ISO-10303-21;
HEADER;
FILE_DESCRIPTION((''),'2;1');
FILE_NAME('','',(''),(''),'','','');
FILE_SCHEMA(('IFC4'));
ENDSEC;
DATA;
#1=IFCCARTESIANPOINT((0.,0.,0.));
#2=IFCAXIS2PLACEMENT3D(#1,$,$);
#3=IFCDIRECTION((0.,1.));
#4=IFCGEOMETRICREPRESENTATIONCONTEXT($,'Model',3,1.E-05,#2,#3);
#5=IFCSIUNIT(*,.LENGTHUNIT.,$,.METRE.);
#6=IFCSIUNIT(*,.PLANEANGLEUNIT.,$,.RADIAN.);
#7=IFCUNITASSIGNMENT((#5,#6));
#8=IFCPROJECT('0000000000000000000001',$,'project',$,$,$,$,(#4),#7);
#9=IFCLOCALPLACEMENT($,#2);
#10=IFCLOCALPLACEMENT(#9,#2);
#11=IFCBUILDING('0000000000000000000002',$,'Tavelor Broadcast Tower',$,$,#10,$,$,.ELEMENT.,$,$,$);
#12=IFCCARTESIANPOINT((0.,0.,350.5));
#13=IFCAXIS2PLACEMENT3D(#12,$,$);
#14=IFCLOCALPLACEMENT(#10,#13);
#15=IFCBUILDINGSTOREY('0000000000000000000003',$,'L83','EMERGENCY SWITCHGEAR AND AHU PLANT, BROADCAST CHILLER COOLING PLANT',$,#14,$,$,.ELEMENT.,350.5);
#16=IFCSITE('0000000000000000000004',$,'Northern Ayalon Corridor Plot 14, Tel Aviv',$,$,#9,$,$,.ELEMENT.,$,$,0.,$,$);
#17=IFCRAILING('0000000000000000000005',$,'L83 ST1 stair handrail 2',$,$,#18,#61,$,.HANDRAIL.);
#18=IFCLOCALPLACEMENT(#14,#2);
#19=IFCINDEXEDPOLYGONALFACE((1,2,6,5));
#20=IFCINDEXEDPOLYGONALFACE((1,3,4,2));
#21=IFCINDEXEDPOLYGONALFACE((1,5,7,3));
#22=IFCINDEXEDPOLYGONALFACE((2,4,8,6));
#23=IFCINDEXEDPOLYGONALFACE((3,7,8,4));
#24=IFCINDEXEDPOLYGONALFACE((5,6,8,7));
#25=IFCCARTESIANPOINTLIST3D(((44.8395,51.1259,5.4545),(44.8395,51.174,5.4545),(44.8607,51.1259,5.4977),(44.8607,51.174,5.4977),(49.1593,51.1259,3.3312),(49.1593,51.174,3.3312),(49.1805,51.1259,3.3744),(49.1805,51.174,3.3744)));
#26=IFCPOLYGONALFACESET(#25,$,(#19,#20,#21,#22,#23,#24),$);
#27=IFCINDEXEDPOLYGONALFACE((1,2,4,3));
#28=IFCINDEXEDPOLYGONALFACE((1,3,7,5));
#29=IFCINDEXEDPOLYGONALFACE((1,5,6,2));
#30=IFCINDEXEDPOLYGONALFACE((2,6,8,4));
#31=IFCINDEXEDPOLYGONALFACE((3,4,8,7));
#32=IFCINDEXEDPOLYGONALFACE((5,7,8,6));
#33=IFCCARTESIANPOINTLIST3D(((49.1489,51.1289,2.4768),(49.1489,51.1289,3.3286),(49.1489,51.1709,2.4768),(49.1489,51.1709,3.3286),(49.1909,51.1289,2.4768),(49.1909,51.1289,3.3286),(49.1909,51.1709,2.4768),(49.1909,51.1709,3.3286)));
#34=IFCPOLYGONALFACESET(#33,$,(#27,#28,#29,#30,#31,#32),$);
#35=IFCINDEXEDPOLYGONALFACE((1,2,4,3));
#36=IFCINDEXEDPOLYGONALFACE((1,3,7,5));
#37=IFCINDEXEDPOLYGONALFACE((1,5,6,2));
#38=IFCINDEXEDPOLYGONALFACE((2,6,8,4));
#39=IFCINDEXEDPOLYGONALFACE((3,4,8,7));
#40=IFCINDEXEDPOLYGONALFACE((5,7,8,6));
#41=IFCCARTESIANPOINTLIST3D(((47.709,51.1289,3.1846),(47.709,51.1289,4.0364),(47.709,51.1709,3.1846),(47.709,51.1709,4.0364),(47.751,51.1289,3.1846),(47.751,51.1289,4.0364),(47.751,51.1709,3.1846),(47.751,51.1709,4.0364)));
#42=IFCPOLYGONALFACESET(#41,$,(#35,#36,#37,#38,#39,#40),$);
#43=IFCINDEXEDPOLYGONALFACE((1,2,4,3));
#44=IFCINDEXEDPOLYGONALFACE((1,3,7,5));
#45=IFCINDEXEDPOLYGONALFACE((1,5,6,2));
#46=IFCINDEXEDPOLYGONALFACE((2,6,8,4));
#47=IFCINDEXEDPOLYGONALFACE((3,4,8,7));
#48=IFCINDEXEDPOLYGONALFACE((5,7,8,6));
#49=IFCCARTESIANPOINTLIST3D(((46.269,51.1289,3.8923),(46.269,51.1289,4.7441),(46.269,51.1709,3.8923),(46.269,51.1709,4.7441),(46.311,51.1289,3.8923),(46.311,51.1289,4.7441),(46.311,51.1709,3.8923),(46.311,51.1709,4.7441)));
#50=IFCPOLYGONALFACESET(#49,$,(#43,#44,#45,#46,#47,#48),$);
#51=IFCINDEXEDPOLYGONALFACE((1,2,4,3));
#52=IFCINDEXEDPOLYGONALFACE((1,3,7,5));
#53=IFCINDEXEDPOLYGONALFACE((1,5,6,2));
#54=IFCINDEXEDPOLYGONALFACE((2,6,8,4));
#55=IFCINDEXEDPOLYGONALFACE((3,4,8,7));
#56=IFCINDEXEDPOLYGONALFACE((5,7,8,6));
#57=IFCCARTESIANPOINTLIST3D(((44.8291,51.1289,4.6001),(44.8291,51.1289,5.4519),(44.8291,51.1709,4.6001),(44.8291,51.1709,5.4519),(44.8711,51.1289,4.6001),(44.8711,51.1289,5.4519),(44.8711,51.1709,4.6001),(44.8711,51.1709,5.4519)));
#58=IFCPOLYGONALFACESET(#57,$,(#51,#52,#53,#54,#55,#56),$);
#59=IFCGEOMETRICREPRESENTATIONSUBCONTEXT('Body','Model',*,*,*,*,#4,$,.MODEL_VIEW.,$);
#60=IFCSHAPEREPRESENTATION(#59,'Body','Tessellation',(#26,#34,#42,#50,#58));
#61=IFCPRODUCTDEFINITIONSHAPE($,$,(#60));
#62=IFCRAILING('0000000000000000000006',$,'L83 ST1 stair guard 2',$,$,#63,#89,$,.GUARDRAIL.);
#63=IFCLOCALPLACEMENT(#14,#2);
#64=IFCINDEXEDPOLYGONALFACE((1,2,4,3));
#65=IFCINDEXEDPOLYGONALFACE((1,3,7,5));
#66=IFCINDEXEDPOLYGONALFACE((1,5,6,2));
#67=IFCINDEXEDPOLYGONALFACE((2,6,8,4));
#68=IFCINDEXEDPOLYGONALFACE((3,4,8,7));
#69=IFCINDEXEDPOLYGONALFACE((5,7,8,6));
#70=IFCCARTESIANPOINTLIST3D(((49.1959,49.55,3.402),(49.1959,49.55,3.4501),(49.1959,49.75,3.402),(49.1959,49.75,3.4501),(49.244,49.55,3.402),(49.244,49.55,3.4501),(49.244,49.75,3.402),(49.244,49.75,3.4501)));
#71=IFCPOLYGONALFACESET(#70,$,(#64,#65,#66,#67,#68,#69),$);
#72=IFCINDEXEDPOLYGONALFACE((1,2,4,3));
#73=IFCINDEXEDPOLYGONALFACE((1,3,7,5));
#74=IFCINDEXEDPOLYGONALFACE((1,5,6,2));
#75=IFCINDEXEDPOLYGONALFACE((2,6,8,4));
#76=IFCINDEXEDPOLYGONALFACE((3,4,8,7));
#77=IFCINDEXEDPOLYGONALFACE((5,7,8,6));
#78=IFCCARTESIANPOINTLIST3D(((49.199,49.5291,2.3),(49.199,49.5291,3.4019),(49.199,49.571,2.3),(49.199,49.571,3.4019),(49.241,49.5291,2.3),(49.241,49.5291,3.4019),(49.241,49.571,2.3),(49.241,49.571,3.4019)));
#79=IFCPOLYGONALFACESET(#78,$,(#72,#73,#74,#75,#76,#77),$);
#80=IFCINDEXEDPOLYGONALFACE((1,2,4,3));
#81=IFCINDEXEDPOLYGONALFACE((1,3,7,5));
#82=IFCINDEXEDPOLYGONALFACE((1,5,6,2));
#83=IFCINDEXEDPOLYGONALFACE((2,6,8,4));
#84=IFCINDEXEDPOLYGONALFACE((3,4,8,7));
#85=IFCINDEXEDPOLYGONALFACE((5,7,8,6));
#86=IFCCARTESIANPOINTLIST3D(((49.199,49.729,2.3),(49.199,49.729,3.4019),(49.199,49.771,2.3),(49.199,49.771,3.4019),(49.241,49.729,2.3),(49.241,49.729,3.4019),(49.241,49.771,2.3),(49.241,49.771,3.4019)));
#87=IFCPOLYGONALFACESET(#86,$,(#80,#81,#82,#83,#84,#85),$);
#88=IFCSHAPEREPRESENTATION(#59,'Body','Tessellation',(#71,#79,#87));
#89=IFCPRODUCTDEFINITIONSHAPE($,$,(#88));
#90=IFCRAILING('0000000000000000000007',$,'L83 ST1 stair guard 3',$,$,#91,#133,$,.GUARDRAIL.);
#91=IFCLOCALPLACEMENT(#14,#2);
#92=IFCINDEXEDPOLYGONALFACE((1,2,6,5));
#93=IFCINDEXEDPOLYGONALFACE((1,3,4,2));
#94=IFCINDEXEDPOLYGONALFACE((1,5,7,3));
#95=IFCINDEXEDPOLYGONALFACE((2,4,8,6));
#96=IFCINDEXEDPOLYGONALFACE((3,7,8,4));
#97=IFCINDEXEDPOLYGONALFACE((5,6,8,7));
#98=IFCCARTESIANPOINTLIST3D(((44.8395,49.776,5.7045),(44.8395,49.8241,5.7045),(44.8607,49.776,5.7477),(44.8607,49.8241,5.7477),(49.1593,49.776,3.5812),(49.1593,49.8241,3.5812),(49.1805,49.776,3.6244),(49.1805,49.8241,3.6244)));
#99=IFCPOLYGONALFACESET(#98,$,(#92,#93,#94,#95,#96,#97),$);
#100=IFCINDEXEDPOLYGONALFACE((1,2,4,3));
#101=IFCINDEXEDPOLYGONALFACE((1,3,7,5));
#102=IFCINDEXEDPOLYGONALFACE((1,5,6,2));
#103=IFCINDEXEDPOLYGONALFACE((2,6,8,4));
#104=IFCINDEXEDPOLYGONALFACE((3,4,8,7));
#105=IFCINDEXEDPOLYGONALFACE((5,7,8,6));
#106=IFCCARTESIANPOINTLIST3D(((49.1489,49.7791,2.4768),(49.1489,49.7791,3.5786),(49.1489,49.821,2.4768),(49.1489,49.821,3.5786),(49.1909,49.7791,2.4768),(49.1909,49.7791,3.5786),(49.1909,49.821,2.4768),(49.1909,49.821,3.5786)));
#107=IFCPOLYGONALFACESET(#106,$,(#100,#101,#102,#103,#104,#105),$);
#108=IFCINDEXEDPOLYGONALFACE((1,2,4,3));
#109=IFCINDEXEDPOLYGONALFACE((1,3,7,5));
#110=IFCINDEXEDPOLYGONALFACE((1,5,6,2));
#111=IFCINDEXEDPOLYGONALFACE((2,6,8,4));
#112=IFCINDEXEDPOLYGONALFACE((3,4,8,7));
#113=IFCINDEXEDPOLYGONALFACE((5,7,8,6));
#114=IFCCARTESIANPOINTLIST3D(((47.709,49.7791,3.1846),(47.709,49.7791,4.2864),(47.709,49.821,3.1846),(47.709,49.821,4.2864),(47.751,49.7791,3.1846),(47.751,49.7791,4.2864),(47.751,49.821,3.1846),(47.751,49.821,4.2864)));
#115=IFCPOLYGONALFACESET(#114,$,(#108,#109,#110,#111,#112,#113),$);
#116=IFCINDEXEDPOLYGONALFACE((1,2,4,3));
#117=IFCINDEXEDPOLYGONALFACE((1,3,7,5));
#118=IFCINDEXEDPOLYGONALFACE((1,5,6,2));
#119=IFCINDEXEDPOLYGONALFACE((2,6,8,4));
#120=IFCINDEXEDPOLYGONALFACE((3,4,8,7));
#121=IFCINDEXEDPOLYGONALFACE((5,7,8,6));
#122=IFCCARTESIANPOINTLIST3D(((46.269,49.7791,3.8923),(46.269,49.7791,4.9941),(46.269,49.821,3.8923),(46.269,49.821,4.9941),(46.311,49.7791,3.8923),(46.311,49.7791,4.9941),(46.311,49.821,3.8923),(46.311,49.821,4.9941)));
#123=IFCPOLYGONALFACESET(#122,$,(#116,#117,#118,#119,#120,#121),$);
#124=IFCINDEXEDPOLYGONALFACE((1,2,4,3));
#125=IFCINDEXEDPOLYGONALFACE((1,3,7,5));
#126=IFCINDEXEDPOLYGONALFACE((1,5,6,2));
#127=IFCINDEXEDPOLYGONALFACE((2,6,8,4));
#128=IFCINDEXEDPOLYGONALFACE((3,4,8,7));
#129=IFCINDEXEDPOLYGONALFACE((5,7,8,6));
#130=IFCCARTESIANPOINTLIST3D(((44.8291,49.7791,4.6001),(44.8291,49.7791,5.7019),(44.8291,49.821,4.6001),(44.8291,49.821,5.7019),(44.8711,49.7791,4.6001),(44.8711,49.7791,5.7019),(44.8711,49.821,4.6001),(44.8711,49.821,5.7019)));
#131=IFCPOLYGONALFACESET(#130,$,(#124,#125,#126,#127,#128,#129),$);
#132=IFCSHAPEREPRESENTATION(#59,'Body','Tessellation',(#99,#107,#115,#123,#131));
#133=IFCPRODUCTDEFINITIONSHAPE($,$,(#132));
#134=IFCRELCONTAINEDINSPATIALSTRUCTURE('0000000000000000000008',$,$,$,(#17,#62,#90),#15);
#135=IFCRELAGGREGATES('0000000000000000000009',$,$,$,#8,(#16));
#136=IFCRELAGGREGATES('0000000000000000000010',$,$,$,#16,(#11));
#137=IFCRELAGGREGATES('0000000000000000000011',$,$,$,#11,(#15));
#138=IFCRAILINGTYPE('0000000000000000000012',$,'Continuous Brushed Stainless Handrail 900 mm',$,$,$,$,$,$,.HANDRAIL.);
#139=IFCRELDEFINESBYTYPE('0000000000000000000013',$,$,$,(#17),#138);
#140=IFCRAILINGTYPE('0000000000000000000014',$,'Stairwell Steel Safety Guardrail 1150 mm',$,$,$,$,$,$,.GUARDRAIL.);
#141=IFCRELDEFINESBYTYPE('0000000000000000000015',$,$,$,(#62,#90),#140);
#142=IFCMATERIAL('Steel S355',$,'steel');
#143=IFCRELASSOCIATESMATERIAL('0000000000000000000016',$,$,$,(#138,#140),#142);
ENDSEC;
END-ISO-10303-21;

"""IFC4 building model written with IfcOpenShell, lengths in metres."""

from ifc_helpers import new_model, si_unit, direction, frame, origin, origin_2d, place, context, subcontext, project, spatial, rectangle, extrude, material, type_object, element, save


model = new_model("IFC4")

# Units and contexts
model_context = context("Model", 3, precision=1e-05, world=origin(), true_north=direction((0.0, 1.0)))
body_context = subcontext(model_context, "Body", "Model", "MODEL_VIEW")
ifc_project = project(units=[si_unit("LENGTHUNIT", "METRE"), si_unit("PLANEANGLEUNIT", "RADIAN")], contexts=[model_context])

# Site, building, storey
site_placement = place(None, origin())
site = spatial("IfcSite", under=ifc_project, at=site_placement, Name="Northern Ayalon Corridor Plot 14, Tel Aviv", CompositionType="ELEMENT", RefElevation=0.0)
building_placement = place(site_placement, origin())
building = spatial("IfcBuilding", under=site, at=building_placement, Name="Tavelor Broadcast Tower", CompositionType="ELEMENT")
storey_placement = place(building_placement, frame((0.0, 0.0, 350.5)))
storey = spatial("IfcBuildingStorey", under=building, at=storey_placement, Name="L83", Description="EMERGENCY SWITCHGEAR AND AHU PLANT, BROADCAST CHILLER COOLING PLANT", CompositionType="ELEMENT", Elevation=350.5)

# Shared definitions
ifc_material_1 = material(Name="Steel S355", Category="steel")

# Railings
railing_type_1 = type_object("IfcRailingType", Name="Continuous Brushed Stainless Handrail 900 mm", PredefinedType="HANDRAIL", material=ifc_material_1)
railing_1_placement = place(storey_placement, frame((49.1699, 51.1499, 2.4768)))
element("IfcRailing", 1, at=railing_1_placement, inside=storey, type_object=railing_type_1, Name="L83 ST1 stair handrail 2", PredefinedType="HANDRAIL", context=body_context, shape_type="SweptSolid", body=[
    extrude(rectangle(XDim=0.0481, YDim=0.0481, at=origin_2d()), frame((0.0, 0.0, 0.876), z_axis=(-0.89745, 0.0, 0.441117), x_axis=(0.0, -1.0, 0.0)), (0.0, 0.0, 1.0), 4.8135),
    extrude(rectangle(XDim=0.042, YDim=0.042, at=origin_2d()), origin(), (0.0, 0.0, 1.0), 0.8518),
    extrude(rectangle(XDim=0.042, YDim=0.042, at=origin_2d()), frame((-1.4399, 0.0, 0.7078)), (0.0, 0.0, 1.0), 0.8518),
    extrude(rectangle(XDim=0.042, YDim=0.042, at=origin_2d()), frame((-2.8799, 0.0, 1.4155)), (0.0, 0.0, 1.0), 0.8518),
    extrude(rectangle(XDim=0.042, YDim=0.042, at=origin_2d()), frame((-4.3198, 0.0, 2.1233)), (0.0, 0.0, 1.0), 0.8518),
])
railing_type_2 = type_object("IfcRailingType", Name="Stairwell Steel Safety Guardrail 1150 mm", PredefinedType="GUARDRAIL", material=ifc_material_1)
railing_2_placement = place(storey_placement, frame((49.22, 49.55, 2.3)))
element("IfcRailing", 2, at=railing_2_placement, inside=storey, type_object=railing_type_2, Name="L83 ST1 stair guard 2", PredefinedType="GUARDRAIL", context=body_context, shape_type="SweptSolid", body=[
    extrude(rectangle(XDim=0.0481, YDim=0.0481, at=origin_2d()), frame((0.0, 0.0, 1.126), z_axis=(0.0, 1.0, 0.0), x_axis=(-1.0, 0.0, 0.0)), (0.0, 0.0, 1.0), 0.2),
    extrude(rectangle(XDim=0.042, YDim=0.042, at=origin_2d()), origin(), (0.0, 0.0, 1.0), 1.1018),
    extrude(rectangle(XDim=0.042, YDim=0.042, at=origin_2d()), frame((0.0, 0.2, 0.0)), (0.0, 0.0, 1.0), 1.1018),
])
railing_3_placement = place(storey_placement, frame((49.1699, 49.8, 2.4768)))
element("IfcRailing", 3, at=railing_3_placement, inside=storey, type_object=railing_type_2, Name="L83 ST1 stair guard 3", PredefinedType="GUARDRAIL", context=body_context, shape_type="SweptSolid", body=[
    extrude(rectangle(XDim=0.0481, YDim=0.0481, at=origin_2d()), frame((0.0, 0.0, 1.126), z_axis=(-0.89745, 0.0, 0.441117), x_axis=(0.0, -1.0, 0.0)), (0.0, 0.0, 1.0), 4.8135),
    extrude(rectangle(XDim=0.042, YDim=0.042, at=origin_2d()), origin(), (0.0, 0.0, 1.0), 1.1018),
    extrude(rectangle(XDim=0.042, YDim=0.042, at=origin_2d()), frame((-1.4399, 0.0, 0.7078)), (0.0, 0.0, 1.0), 1.1018),
    extrude(rectangle(XDim=0.042, YDim=0.042, at=origin_2d()), frame((-2.8799, 0.0, 1.4155)), (0.0, 0.0, 1.0), 1.1018),
    extrude(rectangle(XDim=0.042, YDim=0.042, at=origin_2d()), frame((-4.3198, 0.0, 2.1233)), (0.0, 0.0, 1.0), 1.1018),
])

save(model, "model.ifc")
